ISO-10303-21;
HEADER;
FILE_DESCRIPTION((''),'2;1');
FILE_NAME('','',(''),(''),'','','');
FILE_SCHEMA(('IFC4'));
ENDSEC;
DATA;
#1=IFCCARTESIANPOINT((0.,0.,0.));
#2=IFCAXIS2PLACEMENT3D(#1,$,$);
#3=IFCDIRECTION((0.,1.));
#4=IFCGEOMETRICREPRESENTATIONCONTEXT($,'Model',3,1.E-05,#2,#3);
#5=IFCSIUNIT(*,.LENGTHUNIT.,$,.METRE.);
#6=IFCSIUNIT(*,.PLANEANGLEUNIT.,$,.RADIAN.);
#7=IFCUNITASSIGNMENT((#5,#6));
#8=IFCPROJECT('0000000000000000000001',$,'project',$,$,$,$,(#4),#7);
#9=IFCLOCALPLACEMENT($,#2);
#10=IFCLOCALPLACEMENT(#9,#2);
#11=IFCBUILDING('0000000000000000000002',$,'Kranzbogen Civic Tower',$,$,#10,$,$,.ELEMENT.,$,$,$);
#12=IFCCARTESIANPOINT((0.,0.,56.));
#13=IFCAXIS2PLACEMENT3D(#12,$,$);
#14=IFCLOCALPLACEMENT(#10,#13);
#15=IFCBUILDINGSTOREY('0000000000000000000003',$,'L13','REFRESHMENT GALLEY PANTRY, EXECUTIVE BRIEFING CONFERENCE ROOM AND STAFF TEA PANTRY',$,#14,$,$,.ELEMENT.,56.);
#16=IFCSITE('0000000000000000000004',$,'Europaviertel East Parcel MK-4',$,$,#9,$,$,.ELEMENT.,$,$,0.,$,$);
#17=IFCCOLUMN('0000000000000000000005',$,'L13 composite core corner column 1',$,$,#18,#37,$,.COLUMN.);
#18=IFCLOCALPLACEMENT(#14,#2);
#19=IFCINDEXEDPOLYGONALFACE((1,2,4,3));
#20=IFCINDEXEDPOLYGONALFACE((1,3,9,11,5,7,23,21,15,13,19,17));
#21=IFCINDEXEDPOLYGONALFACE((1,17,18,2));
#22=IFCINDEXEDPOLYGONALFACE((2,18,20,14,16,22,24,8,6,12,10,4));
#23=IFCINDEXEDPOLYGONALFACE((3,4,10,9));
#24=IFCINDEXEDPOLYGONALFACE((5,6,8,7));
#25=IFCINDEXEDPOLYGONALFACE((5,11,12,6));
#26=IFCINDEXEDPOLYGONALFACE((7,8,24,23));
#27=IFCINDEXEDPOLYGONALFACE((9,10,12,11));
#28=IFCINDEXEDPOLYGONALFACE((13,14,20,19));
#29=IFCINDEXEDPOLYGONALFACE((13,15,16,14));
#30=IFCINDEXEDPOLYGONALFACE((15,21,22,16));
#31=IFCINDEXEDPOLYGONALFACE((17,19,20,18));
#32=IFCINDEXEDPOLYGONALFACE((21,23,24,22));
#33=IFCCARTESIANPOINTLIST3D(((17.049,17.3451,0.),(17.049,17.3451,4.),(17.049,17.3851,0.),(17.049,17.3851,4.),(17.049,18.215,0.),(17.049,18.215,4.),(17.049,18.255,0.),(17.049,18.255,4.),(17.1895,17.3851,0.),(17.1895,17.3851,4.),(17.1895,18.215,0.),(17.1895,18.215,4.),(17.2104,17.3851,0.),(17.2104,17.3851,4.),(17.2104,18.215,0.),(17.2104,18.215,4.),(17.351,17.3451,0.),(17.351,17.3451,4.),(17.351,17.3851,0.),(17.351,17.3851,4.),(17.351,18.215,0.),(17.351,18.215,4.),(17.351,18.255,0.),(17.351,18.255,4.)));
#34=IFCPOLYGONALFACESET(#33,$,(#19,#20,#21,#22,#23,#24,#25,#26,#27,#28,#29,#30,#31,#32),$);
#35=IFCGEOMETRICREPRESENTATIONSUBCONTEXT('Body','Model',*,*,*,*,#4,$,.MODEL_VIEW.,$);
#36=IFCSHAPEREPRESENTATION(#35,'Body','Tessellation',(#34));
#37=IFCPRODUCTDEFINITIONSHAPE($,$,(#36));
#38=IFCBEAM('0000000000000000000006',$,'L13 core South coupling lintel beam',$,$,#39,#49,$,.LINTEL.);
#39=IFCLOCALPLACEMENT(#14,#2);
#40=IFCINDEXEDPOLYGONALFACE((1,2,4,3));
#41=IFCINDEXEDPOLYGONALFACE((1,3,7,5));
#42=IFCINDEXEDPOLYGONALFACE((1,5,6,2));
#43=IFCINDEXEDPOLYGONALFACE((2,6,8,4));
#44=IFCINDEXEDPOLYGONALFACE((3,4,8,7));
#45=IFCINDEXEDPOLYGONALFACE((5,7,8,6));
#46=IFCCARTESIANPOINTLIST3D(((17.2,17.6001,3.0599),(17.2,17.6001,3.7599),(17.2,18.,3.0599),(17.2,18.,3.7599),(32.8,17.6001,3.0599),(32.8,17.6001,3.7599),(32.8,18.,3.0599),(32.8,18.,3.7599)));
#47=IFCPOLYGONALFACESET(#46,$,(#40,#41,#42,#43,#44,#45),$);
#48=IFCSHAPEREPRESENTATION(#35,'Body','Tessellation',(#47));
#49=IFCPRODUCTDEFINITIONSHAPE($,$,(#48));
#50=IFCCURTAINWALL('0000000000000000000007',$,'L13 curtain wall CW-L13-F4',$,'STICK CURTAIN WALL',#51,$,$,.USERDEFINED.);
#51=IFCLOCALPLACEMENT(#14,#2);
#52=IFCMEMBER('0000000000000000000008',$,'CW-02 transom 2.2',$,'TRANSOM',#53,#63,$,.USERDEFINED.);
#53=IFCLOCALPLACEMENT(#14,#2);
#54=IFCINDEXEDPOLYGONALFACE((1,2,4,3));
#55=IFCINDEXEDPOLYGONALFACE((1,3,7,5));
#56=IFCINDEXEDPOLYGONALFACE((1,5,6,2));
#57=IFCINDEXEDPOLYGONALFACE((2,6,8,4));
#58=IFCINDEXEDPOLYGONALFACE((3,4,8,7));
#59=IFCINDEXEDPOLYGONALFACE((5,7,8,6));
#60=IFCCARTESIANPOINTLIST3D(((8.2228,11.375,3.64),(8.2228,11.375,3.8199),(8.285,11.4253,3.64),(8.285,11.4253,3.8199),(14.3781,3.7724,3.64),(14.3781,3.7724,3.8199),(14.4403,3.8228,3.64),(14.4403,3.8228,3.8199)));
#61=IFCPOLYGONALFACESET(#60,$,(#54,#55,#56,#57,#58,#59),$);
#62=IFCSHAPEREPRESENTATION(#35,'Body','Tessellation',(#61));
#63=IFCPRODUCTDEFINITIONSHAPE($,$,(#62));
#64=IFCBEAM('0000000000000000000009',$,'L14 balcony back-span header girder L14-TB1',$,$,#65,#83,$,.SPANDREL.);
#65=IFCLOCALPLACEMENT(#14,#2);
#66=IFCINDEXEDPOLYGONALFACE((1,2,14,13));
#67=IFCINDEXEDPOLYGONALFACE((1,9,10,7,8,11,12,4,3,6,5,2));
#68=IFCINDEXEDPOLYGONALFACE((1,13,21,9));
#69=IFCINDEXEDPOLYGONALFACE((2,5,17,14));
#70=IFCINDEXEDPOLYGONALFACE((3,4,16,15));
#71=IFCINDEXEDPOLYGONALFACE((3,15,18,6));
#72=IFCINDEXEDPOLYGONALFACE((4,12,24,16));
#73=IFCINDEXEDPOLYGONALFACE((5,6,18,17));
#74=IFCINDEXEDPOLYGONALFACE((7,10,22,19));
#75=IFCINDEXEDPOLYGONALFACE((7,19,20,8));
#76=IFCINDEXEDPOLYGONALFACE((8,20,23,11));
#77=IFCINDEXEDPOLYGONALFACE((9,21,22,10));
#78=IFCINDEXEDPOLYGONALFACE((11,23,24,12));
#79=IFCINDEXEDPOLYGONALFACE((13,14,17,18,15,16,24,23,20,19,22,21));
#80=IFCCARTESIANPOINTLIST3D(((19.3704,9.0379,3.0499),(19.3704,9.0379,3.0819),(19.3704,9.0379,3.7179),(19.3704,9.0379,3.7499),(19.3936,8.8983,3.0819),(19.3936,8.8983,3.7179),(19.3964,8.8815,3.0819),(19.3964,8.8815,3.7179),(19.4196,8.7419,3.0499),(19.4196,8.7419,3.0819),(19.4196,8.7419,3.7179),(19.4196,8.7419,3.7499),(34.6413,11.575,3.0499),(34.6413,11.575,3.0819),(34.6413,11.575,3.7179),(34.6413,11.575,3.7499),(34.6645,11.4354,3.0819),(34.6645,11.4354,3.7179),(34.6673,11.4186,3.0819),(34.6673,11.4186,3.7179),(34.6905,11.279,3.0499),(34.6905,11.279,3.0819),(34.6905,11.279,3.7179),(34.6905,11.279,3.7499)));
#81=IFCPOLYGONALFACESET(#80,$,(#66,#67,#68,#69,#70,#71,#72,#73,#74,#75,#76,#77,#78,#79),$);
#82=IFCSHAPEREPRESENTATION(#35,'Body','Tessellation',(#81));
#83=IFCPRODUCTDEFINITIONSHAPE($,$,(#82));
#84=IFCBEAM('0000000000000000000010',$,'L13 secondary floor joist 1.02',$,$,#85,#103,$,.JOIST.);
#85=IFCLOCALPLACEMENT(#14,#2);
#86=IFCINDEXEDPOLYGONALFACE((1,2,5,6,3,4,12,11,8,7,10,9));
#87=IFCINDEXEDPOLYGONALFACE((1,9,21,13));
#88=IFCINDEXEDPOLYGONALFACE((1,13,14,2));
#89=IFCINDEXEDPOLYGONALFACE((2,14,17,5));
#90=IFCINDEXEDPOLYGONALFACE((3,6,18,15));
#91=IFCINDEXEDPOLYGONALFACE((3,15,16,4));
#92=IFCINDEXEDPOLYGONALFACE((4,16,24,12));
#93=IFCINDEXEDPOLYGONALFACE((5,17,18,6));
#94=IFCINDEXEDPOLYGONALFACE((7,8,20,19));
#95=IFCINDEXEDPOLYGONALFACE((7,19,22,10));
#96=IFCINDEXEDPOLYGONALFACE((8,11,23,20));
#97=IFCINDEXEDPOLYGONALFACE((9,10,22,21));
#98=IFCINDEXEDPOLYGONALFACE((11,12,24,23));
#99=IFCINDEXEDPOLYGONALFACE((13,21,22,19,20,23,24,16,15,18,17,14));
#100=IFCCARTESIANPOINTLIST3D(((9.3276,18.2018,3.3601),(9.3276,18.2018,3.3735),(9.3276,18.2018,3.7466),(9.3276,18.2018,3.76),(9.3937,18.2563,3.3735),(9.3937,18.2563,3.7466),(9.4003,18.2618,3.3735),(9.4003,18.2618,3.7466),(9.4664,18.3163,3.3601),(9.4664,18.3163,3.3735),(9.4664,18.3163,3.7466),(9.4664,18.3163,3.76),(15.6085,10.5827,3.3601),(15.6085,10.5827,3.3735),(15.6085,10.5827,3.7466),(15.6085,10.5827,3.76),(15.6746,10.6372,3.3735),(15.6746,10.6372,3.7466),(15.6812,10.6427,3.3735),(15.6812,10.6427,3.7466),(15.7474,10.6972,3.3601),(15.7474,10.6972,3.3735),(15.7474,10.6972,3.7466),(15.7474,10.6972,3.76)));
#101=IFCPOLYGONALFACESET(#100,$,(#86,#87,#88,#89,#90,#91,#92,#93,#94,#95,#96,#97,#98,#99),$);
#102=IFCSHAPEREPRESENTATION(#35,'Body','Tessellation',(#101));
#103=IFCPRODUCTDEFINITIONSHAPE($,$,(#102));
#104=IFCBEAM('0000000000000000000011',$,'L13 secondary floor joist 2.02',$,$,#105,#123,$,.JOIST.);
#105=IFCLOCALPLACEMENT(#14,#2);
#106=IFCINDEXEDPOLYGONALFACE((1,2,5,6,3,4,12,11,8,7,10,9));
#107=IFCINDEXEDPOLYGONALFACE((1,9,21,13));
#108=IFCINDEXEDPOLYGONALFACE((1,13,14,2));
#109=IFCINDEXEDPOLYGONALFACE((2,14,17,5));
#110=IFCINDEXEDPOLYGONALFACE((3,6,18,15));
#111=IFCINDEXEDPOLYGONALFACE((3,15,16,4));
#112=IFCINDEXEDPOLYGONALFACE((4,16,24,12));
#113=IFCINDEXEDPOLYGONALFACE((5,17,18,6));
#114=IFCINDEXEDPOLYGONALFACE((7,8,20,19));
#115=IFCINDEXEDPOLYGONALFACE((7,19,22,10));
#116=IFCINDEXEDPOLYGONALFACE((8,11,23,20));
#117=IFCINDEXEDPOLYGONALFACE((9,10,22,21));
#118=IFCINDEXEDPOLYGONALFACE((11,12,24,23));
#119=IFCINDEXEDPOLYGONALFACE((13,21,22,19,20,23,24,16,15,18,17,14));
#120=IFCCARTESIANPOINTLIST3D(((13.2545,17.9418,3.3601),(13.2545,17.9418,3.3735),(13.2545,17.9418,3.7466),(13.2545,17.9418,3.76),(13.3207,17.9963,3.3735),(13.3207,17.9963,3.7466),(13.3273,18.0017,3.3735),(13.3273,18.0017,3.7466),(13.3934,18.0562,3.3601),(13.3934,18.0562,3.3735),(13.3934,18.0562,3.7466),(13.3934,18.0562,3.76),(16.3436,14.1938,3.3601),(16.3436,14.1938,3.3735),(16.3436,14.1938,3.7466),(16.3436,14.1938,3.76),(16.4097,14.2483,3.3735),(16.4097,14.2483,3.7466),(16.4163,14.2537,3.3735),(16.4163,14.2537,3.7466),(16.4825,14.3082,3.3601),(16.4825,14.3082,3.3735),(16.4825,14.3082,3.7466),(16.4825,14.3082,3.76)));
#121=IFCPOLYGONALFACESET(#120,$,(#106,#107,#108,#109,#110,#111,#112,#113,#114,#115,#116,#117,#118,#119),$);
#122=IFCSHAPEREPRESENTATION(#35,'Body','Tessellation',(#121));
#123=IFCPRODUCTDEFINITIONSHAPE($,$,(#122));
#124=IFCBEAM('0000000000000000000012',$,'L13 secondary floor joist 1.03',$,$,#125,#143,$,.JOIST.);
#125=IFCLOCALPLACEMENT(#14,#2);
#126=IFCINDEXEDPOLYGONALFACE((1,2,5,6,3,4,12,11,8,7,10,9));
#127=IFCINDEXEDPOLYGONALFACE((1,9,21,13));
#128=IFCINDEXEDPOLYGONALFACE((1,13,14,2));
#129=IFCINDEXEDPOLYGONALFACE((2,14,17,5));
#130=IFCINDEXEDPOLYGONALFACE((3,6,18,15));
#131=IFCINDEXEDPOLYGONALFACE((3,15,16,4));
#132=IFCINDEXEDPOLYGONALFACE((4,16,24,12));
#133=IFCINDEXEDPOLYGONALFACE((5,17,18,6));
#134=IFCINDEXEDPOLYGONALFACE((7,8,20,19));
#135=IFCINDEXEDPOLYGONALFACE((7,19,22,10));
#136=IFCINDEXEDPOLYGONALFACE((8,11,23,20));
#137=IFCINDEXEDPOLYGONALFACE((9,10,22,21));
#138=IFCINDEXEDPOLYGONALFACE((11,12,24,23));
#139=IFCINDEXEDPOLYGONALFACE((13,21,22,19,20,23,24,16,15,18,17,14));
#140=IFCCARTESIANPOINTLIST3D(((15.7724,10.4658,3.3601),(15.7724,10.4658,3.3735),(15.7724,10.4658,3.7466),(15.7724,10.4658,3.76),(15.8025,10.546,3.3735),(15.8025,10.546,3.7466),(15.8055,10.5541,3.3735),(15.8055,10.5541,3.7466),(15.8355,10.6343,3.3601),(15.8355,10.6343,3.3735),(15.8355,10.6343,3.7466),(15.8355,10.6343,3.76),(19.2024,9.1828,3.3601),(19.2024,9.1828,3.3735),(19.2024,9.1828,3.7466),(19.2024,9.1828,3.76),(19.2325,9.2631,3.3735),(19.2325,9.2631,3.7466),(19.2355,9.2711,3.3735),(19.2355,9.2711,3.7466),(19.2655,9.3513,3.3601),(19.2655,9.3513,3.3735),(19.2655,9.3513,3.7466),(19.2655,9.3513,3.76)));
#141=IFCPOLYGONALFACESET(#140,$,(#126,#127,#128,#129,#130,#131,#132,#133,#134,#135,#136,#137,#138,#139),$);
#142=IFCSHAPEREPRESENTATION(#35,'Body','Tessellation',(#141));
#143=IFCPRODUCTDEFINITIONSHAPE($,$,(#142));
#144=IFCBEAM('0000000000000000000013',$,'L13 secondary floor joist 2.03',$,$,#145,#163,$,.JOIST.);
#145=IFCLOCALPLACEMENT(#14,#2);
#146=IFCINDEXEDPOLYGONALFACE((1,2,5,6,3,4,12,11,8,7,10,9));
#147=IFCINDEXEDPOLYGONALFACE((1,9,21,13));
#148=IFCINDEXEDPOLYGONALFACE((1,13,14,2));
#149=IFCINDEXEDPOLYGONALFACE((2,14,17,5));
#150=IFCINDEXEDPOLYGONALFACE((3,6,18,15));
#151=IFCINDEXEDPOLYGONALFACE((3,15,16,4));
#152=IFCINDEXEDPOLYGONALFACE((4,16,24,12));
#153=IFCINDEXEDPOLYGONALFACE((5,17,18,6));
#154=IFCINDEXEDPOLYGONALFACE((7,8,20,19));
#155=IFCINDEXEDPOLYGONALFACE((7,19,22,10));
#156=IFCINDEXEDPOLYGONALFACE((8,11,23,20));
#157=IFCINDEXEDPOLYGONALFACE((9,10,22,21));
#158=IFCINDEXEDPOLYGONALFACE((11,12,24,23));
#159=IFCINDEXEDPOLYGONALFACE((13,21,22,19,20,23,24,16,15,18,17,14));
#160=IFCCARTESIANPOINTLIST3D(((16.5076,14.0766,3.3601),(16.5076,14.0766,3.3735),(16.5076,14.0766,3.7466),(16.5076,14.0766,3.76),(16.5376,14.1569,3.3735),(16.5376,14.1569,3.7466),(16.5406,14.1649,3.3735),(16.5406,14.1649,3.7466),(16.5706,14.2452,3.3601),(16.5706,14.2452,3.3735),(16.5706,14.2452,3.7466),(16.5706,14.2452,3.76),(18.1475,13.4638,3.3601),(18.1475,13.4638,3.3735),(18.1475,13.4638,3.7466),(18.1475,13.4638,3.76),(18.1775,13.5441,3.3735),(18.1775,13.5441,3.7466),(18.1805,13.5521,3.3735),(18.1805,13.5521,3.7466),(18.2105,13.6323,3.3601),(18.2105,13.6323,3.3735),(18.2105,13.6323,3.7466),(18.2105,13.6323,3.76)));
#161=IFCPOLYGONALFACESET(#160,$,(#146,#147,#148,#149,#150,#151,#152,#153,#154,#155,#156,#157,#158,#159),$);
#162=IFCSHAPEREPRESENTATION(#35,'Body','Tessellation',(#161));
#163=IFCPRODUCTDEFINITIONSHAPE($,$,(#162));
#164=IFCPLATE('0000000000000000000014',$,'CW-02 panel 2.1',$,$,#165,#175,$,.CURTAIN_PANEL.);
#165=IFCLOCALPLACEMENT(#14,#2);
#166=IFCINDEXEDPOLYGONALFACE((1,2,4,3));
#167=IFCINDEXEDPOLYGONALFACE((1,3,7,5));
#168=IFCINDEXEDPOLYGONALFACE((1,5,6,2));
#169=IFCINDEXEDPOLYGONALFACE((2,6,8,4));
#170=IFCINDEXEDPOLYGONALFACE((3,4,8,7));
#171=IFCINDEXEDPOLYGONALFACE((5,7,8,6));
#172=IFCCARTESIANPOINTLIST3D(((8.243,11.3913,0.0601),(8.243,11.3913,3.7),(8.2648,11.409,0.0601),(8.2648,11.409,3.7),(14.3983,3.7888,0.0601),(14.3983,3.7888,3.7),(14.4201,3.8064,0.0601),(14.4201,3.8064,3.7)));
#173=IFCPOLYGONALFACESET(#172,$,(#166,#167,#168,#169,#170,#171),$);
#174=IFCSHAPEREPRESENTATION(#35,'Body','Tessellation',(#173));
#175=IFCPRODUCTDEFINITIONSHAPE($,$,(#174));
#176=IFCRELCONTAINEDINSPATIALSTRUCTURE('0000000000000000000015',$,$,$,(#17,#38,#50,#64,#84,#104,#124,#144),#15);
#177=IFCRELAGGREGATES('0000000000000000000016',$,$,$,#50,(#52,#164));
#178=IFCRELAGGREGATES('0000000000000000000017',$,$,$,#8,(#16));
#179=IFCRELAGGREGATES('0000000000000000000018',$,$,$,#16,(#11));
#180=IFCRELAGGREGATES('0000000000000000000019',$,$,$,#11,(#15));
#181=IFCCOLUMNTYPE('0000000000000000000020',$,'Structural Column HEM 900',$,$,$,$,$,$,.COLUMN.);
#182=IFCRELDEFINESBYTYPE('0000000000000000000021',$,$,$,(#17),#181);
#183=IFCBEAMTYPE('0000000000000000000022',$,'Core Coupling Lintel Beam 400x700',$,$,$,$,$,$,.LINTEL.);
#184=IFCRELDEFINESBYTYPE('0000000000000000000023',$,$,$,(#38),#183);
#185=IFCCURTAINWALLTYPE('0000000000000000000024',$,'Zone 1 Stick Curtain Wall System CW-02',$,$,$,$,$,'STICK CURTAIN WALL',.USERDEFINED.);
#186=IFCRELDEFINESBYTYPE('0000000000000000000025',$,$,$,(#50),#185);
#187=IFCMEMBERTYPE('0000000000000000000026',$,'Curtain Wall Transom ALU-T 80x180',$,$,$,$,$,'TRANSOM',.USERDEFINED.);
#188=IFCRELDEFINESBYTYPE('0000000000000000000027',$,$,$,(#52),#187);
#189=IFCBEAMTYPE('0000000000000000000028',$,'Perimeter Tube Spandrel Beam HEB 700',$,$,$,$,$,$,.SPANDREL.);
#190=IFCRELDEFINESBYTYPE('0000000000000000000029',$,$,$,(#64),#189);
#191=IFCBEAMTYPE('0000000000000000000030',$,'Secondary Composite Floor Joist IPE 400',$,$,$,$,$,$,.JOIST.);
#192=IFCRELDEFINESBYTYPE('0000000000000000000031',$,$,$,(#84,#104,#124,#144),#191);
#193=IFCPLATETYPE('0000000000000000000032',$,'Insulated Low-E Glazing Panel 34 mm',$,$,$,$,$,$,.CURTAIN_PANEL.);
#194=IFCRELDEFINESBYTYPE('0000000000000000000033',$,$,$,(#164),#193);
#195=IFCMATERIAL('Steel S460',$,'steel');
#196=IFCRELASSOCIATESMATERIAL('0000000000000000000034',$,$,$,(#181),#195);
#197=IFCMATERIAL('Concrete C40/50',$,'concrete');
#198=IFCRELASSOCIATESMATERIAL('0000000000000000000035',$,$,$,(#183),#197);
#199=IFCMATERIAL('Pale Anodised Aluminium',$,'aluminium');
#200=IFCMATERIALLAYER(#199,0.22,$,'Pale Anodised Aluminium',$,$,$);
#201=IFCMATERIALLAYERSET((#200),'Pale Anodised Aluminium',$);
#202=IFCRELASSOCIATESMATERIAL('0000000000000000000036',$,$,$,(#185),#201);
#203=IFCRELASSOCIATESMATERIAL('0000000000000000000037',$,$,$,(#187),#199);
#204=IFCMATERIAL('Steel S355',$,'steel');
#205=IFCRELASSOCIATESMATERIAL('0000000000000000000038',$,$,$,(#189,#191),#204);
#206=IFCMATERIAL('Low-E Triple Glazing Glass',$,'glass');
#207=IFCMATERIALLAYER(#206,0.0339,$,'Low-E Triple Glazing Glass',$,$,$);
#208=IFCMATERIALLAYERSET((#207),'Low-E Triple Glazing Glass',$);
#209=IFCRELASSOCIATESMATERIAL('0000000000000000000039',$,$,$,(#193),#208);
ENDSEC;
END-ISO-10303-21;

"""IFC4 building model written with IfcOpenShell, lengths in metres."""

from ifc_helpers import new_model, si_unit, direction, frame, origin, origin_2d, place, context, subcontext, project, spatial, rectangle, i_section, extrude, material, layer, layer_set, material_profile, profile_set, type_object, element, aggregate, save


model = new_model("IFC4")

# Units and contexts
model_context = context("Model", 3, precision=1e-05, world=origin(), true_north=direction((0.0, 1.0)))
body_context = subcontext(model_context, "Body", "Model", "MODEL_VIEW")
ifc_project = project(units=[si_unit("LENGTHUNIT", "METRE"), si_unit("PLANEANGLEUNIT", "RADIAN")], contexts=[model_context])

# Site, building, storey
site_placement = place(None, origin())
site = spatial("IfcSite", under=ifc_project, at=site_placement, Name="Europaviertel East Parcel MK-4", CompositionType="ELEMENT", RefElevation=0.0)
building_placement = place(site_placement, origin())
building = spatial("IfcBuilding", under=site, at=building_placement, Name="Kranzbogen Civic Tower", CompositionType="ELEMENT")
storey_placement = place(building_placement, frame((0.0, 0.0, 56.0)))
storey = spatial("IfcBuildingStorey", under=building, at=storey_placement, Name="L13", Description="REFRESHMENT GALLEY PANTRY, EXECUTIVE BRIEFING CONFERENCE ROOM AND STAFF TEA PANTRY", CompositionType="ELEMENT", Elevation=56.0)

# Column
ifc_material_1 = material(Name="Steel S460", Category="steel")
ifc_material_profile_1 = material_profile(ifc_material_1, i_section(OverallWidth=0.302, OverallDepth=0.9099, WebThickness=0.021, FlangeThickness=0.04, at=origin_2d()), Name="HEM 900")
ifc_profile_set_1 = profile_set([ifc_material_profile_1], Name="Steel S460")
column_type = type_object("IfcColumnType", Name="Structural Column HEM 900", PredefinedType="COLUMN", material=ifc_profile_set_1)
column_placement = place(storey_placement, frame((17.2, 17.8, 0.0), z_axis=(0.0, 0.0, 1.0), x_axis=(1.0, 0.0, 0.0)))
element("IfcColumn", 1, at=column_placement, inside=storey, type_object=column_type, Name="L13 composite core corner column 1", PredefinedType="COLUMN", context=body_context, shape_type="SweptSolid", body=[
    extrude(i_section(OverallWidth=0.302, OverallDepth=0.9099, WebThickness=0.021, FlangeThickness=0.04, at=origin_2d()), origin(), (0.0, 0.0, 1.0), 4.0),
])

# Beam
ifc_material_2 = material(Name="Concrete C40/50", Category="concrete")
ifc_material_profile_2 = material_profile(ifc_material_2, rectangle(XDim=0.3999, YDim=0.7, at=origin_2d()), Name="RC-BM 400x700")
ifc_profile_set_2 = profile_set([ifc_material_profile_2], Name="Concrete C40/50")
beam_type_1 = type_object("IfcBeamType", Name="Core Coupling Lintel Beam 400x700", PredefinedType="LINTEL", material=ifc_profile_set_2)
beam_1_placement = place(storey_placement, frame((17.2, 17.8, 3.4099), z_axis=(1.0, 0.0, 0.0), x_axis=(0.0, 1.0, 0.0)))
element("IfcBeam", 2, at=beam_1_placement, inside=storey, type_object=beam_type_1, Name="L13 core South coupling lintel beam", PredefinedType="LINTEL", context=body_context, shape_type="SweptSolid", body=[
    extrude(rectangle(XDim=0.3999, YDim=0.7, at=origin_2d()), origin(), (0.0, 0.0, 1.0), 15.6001),
])

# Curtain wall, member
ifc_material_3 = material(Name="Pale Anodised Aluminium", Category="aluminium")
ifc_layer_1 = layer(ifc_material_3, 0.22, Name="Pale Anodised Aluminium")
ifc_layer_set_1 = layer_set([ifc_layer_1], Name="Pale Anodised Aluminium")
curtain_wall_type = type_object("IfcCurtainWallType", Name="Zone 1 Stick Curtain Wall System CW-02", ElementType="STICK CURTAIN WALL", PredefinedType="USERDEFINED", material=ifc_layer_set_1)
curtain_wall_placement = place(storey_placement, origin())
curtain_wall = element("IfcCurtainWall", 3, at=curtain_wall_placement, inside=storey, type_object=curtain_wall_type, Name="L13 curtain wall CW-L13-F4", ObjectType="STICK CURTAIN WALL", PredefinedType="USERDEFINED")
ifc_material_profile_3 = material_profile(ifc_material_3, rectangle(XDim=0.0801, YDim=0.1799, at=origin_2d()), Name="ALU-T 80x180")
ifc_profile_set_3 = profile_set([ifc_material_profile_3], Name="Pale Anodised Aluminium")
member_type = type_object("IfcMemberType", Name="Curtain Wall Transom ALU-T 80x180", ElementType="TRANSOM", PredefinedType="USERDEFINED", material=ifc_profile_set_3)
member_placement = place(storey_placement, frame((8.2539, 11.4001, 3.73), z_axis=(0.62925, -0.777203, 0.0), x_axis=(0.777203, 0.62925, 0.0)))
member = element("IfcMember", 4, at=member_placement, type_object=member_type, Name="CW-02 transom 2.2", ObjectType="TRANSOM", PredefinedType="USERDEFINED", context=body_context, shape_type="SweptSolid", body=[
    extrude(rectangle(XDim=0.0801, YDim=0.1799, at=origin_2d()), origin(), (0.0, 0.0, 1.0), 9.782),
])

# Beams
ifc_material_4 = material(Name="Steel S355", Category="steel")
ifc_material_profile_4 = material_profile(ifc_material_4, i_section(OverallWidth=0.3, OverallDepth=0.7, WebThickness=0.0171, FlangeThickness=0.032, at=origin_2d()), Name="HEB 700")
ifc_profile_set_4 = profile_set([ifc_material_profile_4], Name="Steel S355")
beam_type_2 = type_object("IfcBeamType", Name="Perimeter Tube Spandrel Beam HEB 700", PredefinedType="SPANDREL", material=ifc_profile_set_4)
beam_2_placement = place(storey_placement, frame((19.395, 8.8899, 3.3999), z_axis=(0.986478, 0.163893, 0.0), x_axis=(-0.163893, 0.986478, 0.0)))
element("IfcBeam", 5, at=beam_2_placement, inside=storey, type_object=beam_type_2, Name="L14 balcony back-span header girder L14-TB1", PredefinedType="SPANDREL", context=body_context, shape_type="SweptSolid", body=[
    extrude(i_section(OverallWidth=0.3, OverallDepth=0.7, WebThickness=0.0171, FlangeThickness=0.032, at=origin_2d()), origin(), (0.0, 0.0, 1.0), 15.4802),
])
ifc_material_profile_5 = material_profile(ifc_material_4, i_section(OverallWidth=0.1799, OverallDepth=0.3999, WebThickness=0.0085, FlangeThickness=0.0134, at=origin_2d()), Name="IPE 400")
ifc_profile_set_5 = profile_set([ifc_material_profile_5], Name="Steel S355")
beam_type_3 = type_object("IfcBeamType", Name="Secondary Composite Floor Joist IPE 400", PredefinedType="JOIST", material=ifc_profile_set_5)
beam_3_placement = place(storey_placement, frame((9.397, 18.259, 3.5601), z_axis=(0.636095, -0.771611, 0.0), x_axis=(0.771611, 0.636095, 0.0)))
element("IfcBeam", 6, at=beam_3_placement, inside=storey, type_object=beam_type_3, Name="L13 secondary floor joist 1.02", PredefinedType="JOIST", context=body_context, shape_type="SweptSolid", body=[
    extrude(i_section(OverallWidth=0.1799, OverallDepth=0.3999, WebThickness=0.0085, FlangeThickness=0.0134, at=origin_2d()), origin(), (0.0, 0.0, 1.0), 9.8743),
])
beam_4_placement = place(storey_placement, frame((13.324, 17.999, 3.5601), z_axis=(0.636012, -0.771679, 0.0), x_axis=(0.771679, 0.636012, 0.0)))
element("IfcBeam", 7, at=beam_4_placement, inside=storey, type_object=beam_type_3, Name="L13 secondary floor joist 2.02", PredefinedType="JOIST", context=body_context, shape_type="SweptSolid", body=[
    extrude(i_section(OverallWidth=0.1799, OverallDepth=0.3999, WebThickness=0.0085, FlangeThickness=0.0134, at=origin_2d()), origin(), (0.0, 0.0, 1.0), 4.8569),
])
beam_5_placement = place(storey_placement, frame((15.804, 10.55, 3.5601), z_axis=(0.936622, -0.350342, 0.0), x_axis=(0.350342, 0.936622, 0.0)))
element("IfcBeam", 8, at=beam_5_placement, inside=storey, type_object=beam_type_3, Name="L13 secondary floor joist 1.03", PredefinedType="JOIST", context=body_context, shape_type="SweptSolid", body=[
    extrude(i_section(OverallWidth=0.1799, OverallDepth=0.3999, WebThickness=0.0085, FlangeThickness=0.0134, at=origin_2d()), origin(), (0.0, 0.0, 1.0), 3.6621),
])
beam_6_placement = place(storey_placement, frame((16.5391, 14.1609, 3.5601), z_axis=(0.936735, -0.350038, 0.0), x_axis=(0.350038, 0.936735, 0.0)))
element("IfcBeam", 9, at=beam_6_placement, inside=storey, type_object=beam_type_3, Name="L13 secondary floor joist 2.03", PredefinedType="JOIST", context=body_context, shape_type="SweptSolid", body=[
    extrude(i_section(OverallWidth=0.1799, OverallDepth=0.3999, WebThickness=0.0085, FlangeThickness=0.0134, at=origin_2d()), origin(), (0.0, 0.0, 1.0), 1.7507),
])

# Plate
ifc_material_5 = material(Name="Low-E Triple Glazing Glass", Category="glass")
ifc_layer_2 = layer(ifc_material_5, 0.0339, Name="Low-E Triple Glazing Glass")
ifc_layer_set_2 = layer_set([ifc_layer_2], Name="Low-E Triple Glazing Glass")
plate_type = type_object("IfcPlateType", Name="Insulated Low-E Glazing Panel 34 mm", PredefinedType="CURTAIN_PANEL", material=ifc_layer_set_2)
plate_placement = place(storey_placement, frame((11.3315, 7.5989, 0.0601), z_axis=(0.0, 0.0, 1.0), x_axis=(0.629255, -0.777199, 0.0)))
plate = element("IfcPlate", 10, at=plate_placement, type_object=plate_type, Name="CW-02 panel 2.1", PredefinedType="CURTAIN_PANEL", context=body_context, shape_type="SweptSolid", body=[
    extrude(rectangle(XDim=9.782, YDim=0.0281, at=origin_2d()), origin(), (0.0, 0.0, 1.0), 3.6399),
])
aggregate(curtain_wall, [member, plate])

save(model, "model.ifc")
